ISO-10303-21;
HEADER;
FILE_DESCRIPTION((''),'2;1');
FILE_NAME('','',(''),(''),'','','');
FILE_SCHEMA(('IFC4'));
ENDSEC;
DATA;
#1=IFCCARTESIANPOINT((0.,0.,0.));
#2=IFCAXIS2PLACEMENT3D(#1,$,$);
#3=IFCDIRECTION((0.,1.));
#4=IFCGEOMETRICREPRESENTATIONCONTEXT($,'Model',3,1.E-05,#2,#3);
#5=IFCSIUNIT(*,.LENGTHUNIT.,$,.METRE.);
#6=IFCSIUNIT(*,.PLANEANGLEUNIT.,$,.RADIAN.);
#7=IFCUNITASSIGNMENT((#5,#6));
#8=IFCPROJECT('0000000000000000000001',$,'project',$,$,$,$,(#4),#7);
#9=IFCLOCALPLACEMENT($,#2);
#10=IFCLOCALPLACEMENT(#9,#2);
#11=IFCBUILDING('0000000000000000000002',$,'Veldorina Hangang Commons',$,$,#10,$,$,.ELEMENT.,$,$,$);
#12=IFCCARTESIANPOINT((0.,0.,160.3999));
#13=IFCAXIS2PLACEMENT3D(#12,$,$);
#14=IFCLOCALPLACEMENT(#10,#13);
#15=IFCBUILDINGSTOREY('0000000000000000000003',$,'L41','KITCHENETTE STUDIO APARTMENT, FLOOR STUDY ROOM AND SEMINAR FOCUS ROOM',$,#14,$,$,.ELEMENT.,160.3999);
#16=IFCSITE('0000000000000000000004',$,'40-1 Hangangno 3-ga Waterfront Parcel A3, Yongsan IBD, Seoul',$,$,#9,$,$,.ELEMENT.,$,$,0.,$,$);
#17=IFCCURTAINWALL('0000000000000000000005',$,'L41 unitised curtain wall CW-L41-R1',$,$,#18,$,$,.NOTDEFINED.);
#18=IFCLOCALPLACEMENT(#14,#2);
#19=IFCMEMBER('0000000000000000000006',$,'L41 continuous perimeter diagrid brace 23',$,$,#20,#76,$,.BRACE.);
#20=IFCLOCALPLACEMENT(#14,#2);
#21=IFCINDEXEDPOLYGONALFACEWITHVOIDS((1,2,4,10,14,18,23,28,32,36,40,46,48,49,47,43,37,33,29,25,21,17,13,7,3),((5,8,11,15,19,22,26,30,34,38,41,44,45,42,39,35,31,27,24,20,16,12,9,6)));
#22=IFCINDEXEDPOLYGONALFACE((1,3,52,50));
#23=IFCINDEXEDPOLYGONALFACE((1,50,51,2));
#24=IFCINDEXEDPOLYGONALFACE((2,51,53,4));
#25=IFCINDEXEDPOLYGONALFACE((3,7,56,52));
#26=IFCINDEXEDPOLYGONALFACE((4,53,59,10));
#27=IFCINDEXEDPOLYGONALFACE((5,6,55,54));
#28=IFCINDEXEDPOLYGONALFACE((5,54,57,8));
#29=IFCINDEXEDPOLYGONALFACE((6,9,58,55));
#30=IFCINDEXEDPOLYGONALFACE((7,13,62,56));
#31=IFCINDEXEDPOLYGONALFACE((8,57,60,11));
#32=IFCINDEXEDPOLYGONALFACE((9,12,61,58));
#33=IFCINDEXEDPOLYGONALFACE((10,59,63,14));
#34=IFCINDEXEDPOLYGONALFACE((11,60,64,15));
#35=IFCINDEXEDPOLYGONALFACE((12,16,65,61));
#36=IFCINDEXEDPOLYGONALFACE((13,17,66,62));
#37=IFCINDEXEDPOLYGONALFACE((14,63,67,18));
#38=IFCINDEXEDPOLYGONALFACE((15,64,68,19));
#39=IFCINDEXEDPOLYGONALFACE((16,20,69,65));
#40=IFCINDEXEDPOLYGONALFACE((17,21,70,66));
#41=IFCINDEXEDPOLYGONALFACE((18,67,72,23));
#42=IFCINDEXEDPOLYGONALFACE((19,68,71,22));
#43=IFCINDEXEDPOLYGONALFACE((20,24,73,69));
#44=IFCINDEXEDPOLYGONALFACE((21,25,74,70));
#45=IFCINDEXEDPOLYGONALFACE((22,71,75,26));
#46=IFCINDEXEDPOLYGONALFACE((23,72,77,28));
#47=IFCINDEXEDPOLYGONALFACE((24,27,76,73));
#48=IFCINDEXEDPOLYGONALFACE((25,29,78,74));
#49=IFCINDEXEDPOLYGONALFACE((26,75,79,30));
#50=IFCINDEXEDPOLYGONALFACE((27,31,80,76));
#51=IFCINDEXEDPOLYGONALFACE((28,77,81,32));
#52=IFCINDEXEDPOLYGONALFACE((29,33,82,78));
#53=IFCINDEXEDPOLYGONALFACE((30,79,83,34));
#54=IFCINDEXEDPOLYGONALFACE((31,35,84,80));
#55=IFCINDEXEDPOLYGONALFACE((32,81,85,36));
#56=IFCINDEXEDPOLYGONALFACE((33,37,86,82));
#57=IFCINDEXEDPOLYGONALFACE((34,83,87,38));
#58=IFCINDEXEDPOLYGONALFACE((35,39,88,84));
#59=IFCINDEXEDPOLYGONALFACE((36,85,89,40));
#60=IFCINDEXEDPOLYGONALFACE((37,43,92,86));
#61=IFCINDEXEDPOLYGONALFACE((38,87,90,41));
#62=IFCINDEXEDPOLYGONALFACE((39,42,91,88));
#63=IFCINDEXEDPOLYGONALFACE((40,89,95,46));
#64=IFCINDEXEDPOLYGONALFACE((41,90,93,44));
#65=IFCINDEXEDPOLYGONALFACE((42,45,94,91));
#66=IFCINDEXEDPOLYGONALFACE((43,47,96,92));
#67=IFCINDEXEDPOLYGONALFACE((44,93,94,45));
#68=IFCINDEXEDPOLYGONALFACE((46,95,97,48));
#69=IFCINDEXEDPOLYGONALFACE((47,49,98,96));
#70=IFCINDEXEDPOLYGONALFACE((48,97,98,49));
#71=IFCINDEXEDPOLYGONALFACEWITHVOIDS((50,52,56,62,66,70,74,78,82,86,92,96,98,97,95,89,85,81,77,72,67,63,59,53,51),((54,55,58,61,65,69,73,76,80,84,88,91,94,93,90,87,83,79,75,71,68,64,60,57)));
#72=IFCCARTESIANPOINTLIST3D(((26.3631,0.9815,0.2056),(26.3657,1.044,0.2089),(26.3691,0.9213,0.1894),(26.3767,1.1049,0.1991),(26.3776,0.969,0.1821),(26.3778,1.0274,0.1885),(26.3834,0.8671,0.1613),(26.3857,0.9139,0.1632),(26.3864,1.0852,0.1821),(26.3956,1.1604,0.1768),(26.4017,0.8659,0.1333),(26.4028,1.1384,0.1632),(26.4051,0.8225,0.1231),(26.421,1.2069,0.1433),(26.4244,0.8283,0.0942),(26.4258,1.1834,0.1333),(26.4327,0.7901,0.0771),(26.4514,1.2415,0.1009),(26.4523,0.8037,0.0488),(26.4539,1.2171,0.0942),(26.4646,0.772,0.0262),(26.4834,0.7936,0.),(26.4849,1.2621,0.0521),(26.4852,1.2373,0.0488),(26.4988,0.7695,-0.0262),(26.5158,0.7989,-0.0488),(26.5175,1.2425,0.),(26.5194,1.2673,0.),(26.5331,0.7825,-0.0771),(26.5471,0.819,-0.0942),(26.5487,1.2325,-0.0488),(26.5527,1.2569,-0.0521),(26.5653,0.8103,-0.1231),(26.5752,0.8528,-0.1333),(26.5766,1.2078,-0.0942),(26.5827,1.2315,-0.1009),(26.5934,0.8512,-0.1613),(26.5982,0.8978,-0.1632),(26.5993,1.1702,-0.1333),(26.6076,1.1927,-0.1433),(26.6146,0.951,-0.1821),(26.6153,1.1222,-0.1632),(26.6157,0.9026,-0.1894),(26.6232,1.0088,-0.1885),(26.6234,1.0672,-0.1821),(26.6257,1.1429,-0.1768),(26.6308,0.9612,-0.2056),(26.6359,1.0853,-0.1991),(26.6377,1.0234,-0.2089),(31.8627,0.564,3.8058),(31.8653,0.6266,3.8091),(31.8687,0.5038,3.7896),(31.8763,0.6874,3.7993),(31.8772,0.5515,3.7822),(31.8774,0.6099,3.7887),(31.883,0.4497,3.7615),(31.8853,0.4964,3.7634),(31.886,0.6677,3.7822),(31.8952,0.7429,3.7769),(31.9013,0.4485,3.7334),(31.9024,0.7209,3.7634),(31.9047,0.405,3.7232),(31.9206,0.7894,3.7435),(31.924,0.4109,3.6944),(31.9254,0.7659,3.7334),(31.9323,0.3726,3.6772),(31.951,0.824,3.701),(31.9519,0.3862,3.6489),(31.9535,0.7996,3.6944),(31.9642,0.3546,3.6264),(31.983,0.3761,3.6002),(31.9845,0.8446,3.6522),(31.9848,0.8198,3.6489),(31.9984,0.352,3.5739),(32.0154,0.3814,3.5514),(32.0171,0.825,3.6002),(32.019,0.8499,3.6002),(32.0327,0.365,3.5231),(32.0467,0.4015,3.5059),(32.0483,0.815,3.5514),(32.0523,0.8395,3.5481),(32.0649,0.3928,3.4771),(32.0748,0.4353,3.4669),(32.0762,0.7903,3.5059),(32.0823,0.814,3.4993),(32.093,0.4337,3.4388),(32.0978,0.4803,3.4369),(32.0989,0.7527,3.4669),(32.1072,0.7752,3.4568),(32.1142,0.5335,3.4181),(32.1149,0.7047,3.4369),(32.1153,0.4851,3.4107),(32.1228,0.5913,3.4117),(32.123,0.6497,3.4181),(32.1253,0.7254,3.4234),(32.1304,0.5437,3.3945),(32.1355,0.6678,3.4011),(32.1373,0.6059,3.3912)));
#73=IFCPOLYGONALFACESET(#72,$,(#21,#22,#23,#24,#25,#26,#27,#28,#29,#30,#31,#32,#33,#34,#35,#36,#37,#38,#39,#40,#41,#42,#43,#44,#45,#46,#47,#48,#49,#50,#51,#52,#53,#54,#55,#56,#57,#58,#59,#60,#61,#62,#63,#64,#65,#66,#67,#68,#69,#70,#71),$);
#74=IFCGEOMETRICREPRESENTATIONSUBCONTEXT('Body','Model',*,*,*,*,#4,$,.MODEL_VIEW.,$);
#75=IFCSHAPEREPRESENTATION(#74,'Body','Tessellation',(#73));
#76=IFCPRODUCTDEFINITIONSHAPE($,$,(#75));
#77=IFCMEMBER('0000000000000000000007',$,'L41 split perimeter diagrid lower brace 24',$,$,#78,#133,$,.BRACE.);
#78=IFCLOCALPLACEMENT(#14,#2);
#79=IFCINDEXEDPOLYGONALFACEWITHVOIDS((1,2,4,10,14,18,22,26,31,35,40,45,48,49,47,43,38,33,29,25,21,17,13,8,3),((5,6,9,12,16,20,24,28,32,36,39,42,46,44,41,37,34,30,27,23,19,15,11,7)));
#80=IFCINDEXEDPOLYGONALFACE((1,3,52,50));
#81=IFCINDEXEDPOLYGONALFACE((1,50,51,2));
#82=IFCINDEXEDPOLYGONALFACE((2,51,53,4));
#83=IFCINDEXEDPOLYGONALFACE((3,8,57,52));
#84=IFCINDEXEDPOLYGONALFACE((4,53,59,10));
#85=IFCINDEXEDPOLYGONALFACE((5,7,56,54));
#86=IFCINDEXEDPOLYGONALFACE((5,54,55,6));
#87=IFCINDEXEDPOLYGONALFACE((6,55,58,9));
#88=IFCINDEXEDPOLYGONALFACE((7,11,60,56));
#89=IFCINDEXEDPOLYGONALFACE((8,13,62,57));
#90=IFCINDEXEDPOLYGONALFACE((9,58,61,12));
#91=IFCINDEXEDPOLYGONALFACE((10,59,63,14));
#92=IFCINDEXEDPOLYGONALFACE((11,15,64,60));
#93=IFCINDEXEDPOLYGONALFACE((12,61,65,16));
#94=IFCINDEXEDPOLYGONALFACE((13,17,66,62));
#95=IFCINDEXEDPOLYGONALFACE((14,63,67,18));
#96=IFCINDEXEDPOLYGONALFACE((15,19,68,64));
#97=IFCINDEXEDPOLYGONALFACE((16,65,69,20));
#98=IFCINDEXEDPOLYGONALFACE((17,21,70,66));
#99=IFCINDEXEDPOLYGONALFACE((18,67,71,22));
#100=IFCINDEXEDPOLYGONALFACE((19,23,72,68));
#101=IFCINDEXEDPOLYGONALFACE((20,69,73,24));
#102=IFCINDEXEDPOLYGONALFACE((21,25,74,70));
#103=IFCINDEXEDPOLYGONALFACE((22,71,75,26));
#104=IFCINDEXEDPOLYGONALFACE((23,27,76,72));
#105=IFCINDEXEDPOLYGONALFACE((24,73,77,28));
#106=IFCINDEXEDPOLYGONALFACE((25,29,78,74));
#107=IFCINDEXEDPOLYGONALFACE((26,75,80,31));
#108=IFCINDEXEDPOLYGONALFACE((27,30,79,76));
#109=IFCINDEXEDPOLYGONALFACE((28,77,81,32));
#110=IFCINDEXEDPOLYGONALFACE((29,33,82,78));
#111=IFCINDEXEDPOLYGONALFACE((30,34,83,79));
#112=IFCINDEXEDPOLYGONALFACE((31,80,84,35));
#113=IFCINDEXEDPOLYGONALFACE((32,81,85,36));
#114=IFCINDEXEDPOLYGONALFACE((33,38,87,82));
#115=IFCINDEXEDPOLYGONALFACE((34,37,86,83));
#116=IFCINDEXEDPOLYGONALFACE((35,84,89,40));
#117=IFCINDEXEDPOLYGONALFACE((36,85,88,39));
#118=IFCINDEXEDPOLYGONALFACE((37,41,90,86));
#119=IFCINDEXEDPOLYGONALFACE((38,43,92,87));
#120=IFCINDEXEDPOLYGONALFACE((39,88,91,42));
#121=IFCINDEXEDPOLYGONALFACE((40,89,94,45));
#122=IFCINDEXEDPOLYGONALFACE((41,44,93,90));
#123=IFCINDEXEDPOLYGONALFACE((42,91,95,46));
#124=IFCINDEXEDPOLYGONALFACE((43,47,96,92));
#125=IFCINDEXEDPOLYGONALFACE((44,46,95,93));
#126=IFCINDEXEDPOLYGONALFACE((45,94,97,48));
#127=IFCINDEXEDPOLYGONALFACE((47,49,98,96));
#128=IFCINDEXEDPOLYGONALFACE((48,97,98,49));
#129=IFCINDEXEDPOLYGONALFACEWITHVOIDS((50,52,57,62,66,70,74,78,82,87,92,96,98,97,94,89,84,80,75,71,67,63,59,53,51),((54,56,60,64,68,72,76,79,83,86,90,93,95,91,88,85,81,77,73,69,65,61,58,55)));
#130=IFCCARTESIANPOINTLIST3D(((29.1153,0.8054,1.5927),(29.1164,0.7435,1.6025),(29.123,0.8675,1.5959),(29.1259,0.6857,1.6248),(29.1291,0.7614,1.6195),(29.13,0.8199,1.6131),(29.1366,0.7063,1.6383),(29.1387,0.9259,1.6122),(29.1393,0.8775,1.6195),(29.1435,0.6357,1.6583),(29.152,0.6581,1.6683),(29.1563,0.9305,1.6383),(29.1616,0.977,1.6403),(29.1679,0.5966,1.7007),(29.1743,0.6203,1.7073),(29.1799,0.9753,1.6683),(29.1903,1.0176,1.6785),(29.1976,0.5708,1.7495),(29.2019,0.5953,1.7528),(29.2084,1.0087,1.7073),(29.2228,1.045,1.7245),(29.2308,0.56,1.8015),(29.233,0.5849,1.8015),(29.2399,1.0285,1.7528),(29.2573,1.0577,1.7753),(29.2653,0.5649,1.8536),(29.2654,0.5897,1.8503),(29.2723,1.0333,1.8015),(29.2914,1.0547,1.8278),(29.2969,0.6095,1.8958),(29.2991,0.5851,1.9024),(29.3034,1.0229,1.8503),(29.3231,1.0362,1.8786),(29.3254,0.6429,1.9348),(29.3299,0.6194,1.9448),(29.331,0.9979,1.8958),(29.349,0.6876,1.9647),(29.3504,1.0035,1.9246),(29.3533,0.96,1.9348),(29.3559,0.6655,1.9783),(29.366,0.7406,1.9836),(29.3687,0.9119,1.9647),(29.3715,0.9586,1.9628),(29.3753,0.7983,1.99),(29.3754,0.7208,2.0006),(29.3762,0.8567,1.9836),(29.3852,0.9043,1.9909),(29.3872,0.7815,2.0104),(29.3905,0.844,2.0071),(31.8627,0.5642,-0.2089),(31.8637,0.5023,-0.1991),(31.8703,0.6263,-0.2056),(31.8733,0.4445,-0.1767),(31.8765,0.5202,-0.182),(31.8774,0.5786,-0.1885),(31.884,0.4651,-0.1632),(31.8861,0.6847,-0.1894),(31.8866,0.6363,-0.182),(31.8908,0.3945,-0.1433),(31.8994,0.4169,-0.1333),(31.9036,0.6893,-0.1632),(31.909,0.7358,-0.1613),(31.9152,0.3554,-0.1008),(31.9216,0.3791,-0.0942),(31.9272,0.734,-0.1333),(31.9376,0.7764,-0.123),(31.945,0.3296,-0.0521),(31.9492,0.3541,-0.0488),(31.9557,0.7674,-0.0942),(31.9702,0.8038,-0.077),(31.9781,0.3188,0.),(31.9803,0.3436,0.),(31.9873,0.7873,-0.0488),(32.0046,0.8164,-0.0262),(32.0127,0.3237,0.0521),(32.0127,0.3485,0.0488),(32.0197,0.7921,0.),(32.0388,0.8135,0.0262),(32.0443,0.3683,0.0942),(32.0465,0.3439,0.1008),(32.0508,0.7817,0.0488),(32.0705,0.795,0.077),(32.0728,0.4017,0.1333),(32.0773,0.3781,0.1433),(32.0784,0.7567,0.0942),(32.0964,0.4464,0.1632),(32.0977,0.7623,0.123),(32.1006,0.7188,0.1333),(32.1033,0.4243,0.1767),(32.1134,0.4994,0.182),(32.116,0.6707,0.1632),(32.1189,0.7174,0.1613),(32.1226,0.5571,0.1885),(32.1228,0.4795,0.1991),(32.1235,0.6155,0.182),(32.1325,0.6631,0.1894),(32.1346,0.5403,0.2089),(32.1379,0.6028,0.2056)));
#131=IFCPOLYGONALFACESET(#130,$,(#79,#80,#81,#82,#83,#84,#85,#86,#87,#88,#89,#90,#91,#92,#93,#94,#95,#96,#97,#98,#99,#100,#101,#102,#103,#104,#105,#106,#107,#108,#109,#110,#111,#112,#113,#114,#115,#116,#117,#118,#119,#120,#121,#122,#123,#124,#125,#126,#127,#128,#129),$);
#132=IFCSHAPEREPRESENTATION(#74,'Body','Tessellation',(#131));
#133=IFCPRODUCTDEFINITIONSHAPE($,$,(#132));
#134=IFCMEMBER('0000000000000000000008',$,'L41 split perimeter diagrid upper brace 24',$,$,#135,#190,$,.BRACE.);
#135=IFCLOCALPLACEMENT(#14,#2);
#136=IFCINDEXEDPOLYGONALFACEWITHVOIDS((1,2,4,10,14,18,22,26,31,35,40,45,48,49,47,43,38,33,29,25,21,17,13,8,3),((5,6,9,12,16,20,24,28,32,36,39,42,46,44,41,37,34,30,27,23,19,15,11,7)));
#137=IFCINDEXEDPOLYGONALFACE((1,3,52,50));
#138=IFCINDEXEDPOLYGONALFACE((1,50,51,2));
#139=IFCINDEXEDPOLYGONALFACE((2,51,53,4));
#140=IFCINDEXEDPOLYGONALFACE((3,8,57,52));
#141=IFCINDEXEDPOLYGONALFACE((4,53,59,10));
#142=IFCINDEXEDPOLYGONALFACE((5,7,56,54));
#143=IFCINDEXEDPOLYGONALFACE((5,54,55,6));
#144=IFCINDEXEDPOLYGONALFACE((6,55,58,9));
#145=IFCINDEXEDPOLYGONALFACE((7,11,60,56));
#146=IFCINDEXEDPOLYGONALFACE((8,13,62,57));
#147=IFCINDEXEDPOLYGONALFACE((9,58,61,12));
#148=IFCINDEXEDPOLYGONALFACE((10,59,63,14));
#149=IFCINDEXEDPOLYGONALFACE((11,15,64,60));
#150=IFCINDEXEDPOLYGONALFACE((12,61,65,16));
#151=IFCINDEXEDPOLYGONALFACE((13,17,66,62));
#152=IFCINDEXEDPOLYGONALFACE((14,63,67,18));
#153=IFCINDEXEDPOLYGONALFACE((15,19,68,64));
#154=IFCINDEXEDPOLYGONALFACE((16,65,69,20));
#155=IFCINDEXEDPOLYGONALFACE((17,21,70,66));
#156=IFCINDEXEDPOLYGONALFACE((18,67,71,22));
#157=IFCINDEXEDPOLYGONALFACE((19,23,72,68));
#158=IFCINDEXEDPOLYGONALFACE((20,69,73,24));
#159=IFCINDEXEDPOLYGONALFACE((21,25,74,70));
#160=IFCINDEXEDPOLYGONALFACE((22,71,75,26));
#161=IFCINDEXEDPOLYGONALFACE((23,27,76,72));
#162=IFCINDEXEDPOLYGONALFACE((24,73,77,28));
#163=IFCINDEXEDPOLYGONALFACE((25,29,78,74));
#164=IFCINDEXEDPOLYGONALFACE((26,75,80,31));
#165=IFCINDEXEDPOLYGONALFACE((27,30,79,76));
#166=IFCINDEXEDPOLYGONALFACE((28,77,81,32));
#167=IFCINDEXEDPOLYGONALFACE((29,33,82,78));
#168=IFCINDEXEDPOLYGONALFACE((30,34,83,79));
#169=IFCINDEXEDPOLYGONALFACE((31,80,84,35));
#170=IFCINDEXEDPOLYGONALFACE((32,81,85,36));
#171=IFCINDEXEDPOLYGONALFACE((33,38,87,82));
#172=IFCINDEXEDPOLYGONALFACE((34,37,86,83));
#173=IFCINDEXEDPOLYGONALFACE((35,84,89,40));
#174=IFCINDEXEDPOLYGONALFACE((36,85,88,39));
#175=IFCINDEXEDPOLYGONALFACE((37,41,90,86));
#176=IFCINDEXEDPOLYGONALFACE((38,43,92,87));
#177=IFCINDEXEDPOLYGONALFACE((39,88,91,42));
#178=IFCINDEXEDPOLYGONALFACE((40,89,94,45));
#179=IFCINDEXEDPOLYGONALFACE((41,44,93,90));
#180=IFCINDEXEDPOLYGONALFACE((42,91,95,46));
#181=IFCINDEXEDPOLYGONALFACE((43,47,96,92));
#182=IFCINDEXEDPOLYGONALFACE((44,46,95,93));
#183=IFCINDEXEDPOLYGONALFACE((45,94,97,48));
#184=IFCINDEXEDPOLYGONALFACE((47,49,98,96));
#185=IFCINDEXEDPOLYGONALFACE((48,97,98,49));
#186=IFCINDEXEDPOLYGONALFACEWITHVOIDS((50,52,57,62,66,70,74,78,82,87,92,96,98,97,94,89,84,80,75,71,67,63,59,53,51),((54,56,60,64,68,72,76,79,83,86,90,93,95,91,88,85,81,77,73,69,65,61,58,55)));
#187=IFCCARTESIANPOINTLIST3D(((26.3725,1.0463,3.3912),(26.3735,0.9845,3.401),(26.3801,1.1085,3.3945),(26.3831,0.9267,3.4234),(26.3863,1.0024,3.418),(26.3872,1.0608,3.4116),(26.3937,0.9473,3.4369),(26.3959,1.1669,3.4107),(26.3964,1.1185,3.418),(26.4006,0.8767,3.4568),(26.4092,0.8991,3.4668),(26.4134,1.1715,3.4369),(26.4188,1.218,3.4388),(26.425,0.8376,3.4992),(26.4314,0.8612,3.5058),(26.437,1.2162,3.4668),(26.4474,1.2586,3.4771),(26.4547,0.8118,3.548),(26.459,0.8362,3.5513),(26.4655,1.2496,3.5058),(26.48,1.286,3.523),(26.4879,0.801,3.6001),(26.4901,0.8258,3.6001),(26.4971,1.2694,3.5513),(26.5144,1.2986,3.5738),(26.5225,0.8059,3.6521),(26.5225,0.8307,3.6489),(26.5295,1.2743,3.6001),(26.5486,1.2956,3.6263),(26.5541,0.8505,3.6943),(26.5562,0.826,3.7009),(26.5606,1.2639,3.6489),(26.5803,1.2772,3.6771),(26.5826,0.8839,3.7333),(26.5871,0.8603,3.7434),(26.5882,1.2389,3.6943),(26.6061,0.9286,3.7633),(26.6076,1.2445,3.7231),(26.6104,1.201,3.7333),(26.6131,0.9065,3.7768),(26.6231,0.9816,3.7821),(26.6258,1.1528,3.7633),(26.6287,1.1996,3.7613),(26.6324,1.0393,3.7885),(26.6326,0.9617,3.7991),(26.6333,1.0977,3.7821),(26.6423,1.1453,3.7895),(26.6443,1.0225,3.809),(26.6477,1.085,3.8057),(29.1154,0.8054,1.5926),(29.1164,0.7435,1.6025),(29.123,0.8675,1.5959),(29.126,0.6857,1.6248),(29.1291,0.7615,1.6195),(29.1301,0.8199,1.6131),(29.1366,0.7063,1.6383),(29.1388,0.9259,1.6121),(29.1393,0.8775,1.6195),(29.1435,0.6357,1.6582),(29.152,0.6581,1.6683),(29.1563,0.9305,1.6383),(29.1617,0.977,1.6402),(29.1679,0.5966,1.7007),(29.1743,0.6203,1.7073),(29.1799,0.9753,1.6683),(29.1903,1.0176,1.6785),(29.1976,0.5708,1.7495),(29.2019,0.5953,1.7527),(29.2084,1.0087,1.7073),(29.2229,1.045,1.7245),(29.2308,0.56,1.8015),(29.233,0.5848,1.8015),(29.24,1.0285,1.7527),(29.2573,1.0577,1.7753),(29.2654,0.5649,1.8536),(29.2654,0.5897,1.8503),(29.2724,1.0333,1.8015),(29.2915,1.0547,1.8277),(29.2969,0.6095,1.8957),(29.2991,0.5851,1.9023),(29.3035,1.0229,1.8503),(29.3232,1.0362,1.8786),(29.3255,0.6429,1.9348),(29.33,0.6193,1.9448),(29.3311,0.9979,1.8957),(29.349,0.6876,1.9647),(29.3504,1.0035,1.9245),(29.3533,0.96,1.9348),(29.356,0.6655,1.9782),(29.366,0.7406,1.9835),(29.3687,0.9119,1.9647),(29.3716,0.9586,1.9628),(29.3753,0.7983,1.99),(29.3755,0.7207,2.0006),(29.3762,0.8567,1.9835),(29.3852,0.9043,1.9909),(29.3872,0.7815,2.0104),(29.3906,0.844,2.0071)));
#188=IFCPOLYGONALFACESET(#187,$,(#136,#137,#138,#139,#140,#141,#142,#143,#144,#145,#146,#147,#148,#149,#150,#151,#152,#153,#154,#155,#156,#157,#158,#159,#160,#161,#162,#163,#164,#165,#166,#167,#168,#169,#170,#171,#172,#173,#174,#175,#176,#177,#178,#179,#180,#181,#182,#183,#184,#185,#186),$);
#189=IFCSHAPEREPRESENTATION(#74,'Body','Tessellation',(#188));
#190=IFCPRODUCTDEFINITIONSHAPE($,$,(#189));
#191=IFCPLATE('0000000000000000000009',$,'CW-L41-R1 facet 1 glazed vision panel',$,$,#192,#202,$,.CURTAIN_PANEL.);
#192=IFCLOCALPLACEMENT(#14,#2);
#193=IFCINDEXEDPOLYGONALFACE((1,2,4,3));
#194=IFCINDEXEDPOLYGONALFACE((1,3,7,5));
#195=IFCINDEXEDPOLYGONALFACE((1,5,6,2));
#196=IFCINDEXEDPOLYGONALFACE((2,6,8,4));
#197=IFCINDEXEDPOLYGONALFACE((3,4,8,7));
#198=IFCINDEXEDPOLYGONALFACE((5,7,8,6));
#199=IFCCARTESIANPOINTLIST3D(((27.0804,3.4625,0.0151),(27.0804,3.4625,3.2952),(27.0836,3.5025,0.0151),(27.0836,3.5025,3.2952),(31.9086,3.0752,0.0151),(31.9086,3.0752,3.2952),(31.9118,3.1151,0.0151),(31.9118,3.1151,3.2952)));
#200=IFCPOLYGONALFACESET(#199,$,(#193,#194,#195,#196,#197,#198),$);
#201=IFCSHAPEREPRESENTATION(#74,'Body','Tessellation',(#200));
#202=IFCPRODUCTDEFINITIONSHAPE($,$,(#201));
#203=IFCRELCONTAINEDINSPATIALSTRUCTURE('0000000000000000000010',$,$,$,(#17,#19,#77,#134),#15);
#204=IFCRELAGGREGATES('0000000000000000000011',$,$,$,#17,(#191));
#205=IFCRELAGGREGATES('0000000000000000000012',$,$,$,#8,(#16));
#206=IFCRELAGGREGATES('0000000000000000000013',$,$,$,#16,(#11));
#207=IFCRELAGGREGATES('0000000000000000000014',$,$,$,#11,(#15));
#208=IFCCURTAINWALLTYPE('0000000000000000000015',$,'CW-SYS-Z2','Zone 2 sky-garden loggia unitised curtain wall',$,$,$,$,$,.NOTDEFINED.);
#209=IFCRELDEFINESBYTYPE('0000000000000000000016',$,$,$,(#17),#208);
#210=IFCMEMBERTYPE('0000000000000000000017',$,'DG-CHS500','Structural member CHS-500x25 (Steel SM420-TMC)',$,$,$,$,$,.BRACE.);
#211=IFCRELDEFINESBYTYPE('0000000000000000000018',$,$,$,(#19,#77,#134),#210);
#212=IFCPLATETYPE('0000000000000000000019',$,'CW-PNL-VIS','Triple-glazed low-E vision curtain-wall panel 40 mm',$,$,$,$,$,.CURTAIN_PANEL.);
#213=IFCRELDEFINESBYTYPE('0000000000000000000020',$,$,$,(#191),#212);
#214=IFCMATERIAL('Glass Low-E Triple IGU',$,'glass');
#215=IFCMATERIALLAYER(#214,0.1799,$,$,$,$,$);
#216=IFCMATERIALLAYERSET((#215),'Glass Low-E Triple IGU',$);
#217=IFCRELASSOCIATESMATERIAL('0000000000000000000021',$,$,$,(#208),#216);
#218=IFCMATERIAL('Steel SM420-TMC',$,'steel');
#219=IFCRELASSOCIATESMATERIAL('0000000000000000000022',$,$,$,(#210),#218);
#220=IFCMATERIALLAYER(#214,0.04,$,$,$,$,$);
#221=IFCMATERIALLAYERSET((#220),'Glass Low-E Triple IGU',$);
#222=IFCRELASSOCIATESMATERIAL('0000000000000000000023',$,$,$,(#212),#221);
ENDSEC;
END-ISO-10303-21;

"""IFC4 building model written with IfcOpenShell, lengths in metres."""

from ifc_helpers import new_model, si_unit, direction, frame, origin, origin_2d, place, context, subcontext, project, spatial, rectangle, hollow_circle, extrude, material, layer, layer_set, material_profile, profile_set, type_object, element, aggregate, save


model = new_model("IFC4")

# Units and contexts
model_context = context("Model", 3, precision=1e-05, world=origin(), true_north=direction((0.0, 1.0)))
body_context = subcontext(model_context, "Body", "Model", "MODEL_VIEW")
ifc_project = project(units=[si_unit("LENGTHUNIT", "METRE"), si_unit("PLANEANGLEUNIT", "RADIAN")], contexts=[model_context])

# Site, building, storey
site_placement = place(None, origin())
site = spatial("IfcSite", under=ifc_project, at=site_placement, Name="40-1 Hangangno 3-ga Waterfront Parcel A3, Yongsan IBD, Seoul", CompositionType="ELEMENT", RefElevation=0.0)
building_placement = place(site_placement, origin())
building = spatial("IfcBuilding", under=site, at=building_placement, Name="Veldorina Hangang Commons", CompositionType="ELEMENT")
storey_placement = place(building_placement, frame((0.0, 0.0, 160.3999)))
storey = spatial("IfcBuildingStorey", under=building, at=storey_placement, Name="L41", Description="KITCHENETTE STUDIO APARTMENT, FLOOR STUDY ROOM AND SEMINAR FOCUS ROOM", CompositionType="ELEMENT", Elevation=160.3999)

# Shared definitions
ifc_material_1 = material(Name="Steel SM420-TMC", Category="steel")

# Curtain wall
ifc_material_2 = material(Name="Glass Low-E Triple IGU", Category="glass")
ifc_layer_1 = layer(ifc_material_2, 0.1799)
ifc_layer_set_1 = layer_set([ifc_layer_1], Name="Glass Low-E Triple IGU")
curtain_wall_type = type_object("IfcCurtainWallType", Name="CW-SYS-Z2", Description="Zone 2 sky-garden loggia unitised curtain wall", PredefinedType="NOTDEFINED", material=ifc_layer_set_1)
curtain_wall_placement = place(storey_placement, origin())
curtain_wall = element("IfcCurtainWall", 1, at=curtain_wall_placement, inside=storey, type_object=curtain_wall_type, Name="L41 unitised curtain wall CW-L41-R1", PredefinedType="NOTDEFINED")

# Members
ifc_material_profile_1 = material_profile(ifc_material_1, hollow_circle(Radius=0.25, WallThickness=0.0249, at=origin_2d()), Name="CHS-500x25")
ifc_profile_set_1 = profile_set([ifc_material_profile_1], Name="Steel SM420-TMC")
member_type_1 = type_object("IfcMemberType", Name="DG-CHS500", Description="Structural member CHS-500x25 (Steel SM420-TMC)", PredefinedType="BRACE", material=ifc_profile_set_1)
member_1_placement = place(storey_placement, frame((26.5005, 1.0181, 0.0), z_axis=(0.83499, -0.063386, 0.546602), x_axis=(0.075694, 0.997131, 0.0)))
element("IfcMember", 2, at=member_1_placement, inside=storey, type_object=member_type_1, Name="L41 continuous perimeter diagrid brace 23", PredefinedType="BRACE", context=body_context, shape_type="SweptSolid", body=[
    extrude(hollow_circle(Radius=0.25, WallThickness=0.0249, at=origin_2d()), origin(), (0.0, 0.0, 1.0), 6.5864),
])
member_2_placement = place(storey_placement, frame((32.0, 0.5679, 0.0), z_axis=(-0.834, 0.073224, 0.546884), x_axis=(-0.087462, -0.996168, 0.0)))
element("IfcMember", 3, at=member_2_placement, inside=storey, type_object=member_type_1, Name="L41 split perimeter diagrid lower brace 24", PredefinedType="BRACE", context=body_context, shape_type="SweptSolid", body=[
    extrude(hollow_circle(Radius=0.25, WallThickness=0.0249, at=origin_2d()), origin(), (0.0, 0.0, 1.0), 3.2942),
])
member_3_placement = place(storey_placement, frame((29.2527, 0.8091, 1.8015), z_axis=(-0.834004, 0.073268, 0.546872), x_axis=(-0.087513, -0.996163, 0.0)))
element("IfcMember", 4, at=member_3_placement, inside=storey, type_object=member_type_1, Name="L41 split perimeter diagrid upper brace 24", PredefinedType="BRACE", context=body_context, shape_type="SweptSolid", body=[
    extrude(hollow_circle(Radius=0.25, WallThickness=0.0249, at=origin_2d()), origin(), (0.0, 0.0, 1.0), 3.2888),
])

# Plate
ifc_layer_2 = layer(ifc_material_2, 0.04)
ifc_layer_set_2 = layer_set([ifc_layer_2], Name="Glass Low-E Triple IGU")
plate_type_1 = type_object("IfcPlateType", Name="CW-PNL-VIS", Description="Triple-glazed low-E vision curtain-wall panel 40 mm", PredefinedType="CURTAIN_PANEL", material=ifc_layer_set_2)
plate_1_placement = place(storey_placement, frame((29.4961, 3.2888, 0.0151), z_axis=(0.0, 0.0, 1.0), x_axis=(0.996797, -0.079973, 0.0)))
plate_1 = element("IfcPlate", 5, at=plate_1_placement, type_object=plate_type_1, Name="CW-L41-R1 facet 1 glazed vision panel", PredefinedType="CURTAIN_PANEL", context=body_context, shape_type="SweptSolid", body=[
    extrude(rectangle(XDim=4.8438, YDim=0.04, at=origin_2d()), origin(), (0.0, 0.0, 1.0), 3.28),
])
aggregate(curtain_wall, [plate_1])

save(model, "model.ifc")
